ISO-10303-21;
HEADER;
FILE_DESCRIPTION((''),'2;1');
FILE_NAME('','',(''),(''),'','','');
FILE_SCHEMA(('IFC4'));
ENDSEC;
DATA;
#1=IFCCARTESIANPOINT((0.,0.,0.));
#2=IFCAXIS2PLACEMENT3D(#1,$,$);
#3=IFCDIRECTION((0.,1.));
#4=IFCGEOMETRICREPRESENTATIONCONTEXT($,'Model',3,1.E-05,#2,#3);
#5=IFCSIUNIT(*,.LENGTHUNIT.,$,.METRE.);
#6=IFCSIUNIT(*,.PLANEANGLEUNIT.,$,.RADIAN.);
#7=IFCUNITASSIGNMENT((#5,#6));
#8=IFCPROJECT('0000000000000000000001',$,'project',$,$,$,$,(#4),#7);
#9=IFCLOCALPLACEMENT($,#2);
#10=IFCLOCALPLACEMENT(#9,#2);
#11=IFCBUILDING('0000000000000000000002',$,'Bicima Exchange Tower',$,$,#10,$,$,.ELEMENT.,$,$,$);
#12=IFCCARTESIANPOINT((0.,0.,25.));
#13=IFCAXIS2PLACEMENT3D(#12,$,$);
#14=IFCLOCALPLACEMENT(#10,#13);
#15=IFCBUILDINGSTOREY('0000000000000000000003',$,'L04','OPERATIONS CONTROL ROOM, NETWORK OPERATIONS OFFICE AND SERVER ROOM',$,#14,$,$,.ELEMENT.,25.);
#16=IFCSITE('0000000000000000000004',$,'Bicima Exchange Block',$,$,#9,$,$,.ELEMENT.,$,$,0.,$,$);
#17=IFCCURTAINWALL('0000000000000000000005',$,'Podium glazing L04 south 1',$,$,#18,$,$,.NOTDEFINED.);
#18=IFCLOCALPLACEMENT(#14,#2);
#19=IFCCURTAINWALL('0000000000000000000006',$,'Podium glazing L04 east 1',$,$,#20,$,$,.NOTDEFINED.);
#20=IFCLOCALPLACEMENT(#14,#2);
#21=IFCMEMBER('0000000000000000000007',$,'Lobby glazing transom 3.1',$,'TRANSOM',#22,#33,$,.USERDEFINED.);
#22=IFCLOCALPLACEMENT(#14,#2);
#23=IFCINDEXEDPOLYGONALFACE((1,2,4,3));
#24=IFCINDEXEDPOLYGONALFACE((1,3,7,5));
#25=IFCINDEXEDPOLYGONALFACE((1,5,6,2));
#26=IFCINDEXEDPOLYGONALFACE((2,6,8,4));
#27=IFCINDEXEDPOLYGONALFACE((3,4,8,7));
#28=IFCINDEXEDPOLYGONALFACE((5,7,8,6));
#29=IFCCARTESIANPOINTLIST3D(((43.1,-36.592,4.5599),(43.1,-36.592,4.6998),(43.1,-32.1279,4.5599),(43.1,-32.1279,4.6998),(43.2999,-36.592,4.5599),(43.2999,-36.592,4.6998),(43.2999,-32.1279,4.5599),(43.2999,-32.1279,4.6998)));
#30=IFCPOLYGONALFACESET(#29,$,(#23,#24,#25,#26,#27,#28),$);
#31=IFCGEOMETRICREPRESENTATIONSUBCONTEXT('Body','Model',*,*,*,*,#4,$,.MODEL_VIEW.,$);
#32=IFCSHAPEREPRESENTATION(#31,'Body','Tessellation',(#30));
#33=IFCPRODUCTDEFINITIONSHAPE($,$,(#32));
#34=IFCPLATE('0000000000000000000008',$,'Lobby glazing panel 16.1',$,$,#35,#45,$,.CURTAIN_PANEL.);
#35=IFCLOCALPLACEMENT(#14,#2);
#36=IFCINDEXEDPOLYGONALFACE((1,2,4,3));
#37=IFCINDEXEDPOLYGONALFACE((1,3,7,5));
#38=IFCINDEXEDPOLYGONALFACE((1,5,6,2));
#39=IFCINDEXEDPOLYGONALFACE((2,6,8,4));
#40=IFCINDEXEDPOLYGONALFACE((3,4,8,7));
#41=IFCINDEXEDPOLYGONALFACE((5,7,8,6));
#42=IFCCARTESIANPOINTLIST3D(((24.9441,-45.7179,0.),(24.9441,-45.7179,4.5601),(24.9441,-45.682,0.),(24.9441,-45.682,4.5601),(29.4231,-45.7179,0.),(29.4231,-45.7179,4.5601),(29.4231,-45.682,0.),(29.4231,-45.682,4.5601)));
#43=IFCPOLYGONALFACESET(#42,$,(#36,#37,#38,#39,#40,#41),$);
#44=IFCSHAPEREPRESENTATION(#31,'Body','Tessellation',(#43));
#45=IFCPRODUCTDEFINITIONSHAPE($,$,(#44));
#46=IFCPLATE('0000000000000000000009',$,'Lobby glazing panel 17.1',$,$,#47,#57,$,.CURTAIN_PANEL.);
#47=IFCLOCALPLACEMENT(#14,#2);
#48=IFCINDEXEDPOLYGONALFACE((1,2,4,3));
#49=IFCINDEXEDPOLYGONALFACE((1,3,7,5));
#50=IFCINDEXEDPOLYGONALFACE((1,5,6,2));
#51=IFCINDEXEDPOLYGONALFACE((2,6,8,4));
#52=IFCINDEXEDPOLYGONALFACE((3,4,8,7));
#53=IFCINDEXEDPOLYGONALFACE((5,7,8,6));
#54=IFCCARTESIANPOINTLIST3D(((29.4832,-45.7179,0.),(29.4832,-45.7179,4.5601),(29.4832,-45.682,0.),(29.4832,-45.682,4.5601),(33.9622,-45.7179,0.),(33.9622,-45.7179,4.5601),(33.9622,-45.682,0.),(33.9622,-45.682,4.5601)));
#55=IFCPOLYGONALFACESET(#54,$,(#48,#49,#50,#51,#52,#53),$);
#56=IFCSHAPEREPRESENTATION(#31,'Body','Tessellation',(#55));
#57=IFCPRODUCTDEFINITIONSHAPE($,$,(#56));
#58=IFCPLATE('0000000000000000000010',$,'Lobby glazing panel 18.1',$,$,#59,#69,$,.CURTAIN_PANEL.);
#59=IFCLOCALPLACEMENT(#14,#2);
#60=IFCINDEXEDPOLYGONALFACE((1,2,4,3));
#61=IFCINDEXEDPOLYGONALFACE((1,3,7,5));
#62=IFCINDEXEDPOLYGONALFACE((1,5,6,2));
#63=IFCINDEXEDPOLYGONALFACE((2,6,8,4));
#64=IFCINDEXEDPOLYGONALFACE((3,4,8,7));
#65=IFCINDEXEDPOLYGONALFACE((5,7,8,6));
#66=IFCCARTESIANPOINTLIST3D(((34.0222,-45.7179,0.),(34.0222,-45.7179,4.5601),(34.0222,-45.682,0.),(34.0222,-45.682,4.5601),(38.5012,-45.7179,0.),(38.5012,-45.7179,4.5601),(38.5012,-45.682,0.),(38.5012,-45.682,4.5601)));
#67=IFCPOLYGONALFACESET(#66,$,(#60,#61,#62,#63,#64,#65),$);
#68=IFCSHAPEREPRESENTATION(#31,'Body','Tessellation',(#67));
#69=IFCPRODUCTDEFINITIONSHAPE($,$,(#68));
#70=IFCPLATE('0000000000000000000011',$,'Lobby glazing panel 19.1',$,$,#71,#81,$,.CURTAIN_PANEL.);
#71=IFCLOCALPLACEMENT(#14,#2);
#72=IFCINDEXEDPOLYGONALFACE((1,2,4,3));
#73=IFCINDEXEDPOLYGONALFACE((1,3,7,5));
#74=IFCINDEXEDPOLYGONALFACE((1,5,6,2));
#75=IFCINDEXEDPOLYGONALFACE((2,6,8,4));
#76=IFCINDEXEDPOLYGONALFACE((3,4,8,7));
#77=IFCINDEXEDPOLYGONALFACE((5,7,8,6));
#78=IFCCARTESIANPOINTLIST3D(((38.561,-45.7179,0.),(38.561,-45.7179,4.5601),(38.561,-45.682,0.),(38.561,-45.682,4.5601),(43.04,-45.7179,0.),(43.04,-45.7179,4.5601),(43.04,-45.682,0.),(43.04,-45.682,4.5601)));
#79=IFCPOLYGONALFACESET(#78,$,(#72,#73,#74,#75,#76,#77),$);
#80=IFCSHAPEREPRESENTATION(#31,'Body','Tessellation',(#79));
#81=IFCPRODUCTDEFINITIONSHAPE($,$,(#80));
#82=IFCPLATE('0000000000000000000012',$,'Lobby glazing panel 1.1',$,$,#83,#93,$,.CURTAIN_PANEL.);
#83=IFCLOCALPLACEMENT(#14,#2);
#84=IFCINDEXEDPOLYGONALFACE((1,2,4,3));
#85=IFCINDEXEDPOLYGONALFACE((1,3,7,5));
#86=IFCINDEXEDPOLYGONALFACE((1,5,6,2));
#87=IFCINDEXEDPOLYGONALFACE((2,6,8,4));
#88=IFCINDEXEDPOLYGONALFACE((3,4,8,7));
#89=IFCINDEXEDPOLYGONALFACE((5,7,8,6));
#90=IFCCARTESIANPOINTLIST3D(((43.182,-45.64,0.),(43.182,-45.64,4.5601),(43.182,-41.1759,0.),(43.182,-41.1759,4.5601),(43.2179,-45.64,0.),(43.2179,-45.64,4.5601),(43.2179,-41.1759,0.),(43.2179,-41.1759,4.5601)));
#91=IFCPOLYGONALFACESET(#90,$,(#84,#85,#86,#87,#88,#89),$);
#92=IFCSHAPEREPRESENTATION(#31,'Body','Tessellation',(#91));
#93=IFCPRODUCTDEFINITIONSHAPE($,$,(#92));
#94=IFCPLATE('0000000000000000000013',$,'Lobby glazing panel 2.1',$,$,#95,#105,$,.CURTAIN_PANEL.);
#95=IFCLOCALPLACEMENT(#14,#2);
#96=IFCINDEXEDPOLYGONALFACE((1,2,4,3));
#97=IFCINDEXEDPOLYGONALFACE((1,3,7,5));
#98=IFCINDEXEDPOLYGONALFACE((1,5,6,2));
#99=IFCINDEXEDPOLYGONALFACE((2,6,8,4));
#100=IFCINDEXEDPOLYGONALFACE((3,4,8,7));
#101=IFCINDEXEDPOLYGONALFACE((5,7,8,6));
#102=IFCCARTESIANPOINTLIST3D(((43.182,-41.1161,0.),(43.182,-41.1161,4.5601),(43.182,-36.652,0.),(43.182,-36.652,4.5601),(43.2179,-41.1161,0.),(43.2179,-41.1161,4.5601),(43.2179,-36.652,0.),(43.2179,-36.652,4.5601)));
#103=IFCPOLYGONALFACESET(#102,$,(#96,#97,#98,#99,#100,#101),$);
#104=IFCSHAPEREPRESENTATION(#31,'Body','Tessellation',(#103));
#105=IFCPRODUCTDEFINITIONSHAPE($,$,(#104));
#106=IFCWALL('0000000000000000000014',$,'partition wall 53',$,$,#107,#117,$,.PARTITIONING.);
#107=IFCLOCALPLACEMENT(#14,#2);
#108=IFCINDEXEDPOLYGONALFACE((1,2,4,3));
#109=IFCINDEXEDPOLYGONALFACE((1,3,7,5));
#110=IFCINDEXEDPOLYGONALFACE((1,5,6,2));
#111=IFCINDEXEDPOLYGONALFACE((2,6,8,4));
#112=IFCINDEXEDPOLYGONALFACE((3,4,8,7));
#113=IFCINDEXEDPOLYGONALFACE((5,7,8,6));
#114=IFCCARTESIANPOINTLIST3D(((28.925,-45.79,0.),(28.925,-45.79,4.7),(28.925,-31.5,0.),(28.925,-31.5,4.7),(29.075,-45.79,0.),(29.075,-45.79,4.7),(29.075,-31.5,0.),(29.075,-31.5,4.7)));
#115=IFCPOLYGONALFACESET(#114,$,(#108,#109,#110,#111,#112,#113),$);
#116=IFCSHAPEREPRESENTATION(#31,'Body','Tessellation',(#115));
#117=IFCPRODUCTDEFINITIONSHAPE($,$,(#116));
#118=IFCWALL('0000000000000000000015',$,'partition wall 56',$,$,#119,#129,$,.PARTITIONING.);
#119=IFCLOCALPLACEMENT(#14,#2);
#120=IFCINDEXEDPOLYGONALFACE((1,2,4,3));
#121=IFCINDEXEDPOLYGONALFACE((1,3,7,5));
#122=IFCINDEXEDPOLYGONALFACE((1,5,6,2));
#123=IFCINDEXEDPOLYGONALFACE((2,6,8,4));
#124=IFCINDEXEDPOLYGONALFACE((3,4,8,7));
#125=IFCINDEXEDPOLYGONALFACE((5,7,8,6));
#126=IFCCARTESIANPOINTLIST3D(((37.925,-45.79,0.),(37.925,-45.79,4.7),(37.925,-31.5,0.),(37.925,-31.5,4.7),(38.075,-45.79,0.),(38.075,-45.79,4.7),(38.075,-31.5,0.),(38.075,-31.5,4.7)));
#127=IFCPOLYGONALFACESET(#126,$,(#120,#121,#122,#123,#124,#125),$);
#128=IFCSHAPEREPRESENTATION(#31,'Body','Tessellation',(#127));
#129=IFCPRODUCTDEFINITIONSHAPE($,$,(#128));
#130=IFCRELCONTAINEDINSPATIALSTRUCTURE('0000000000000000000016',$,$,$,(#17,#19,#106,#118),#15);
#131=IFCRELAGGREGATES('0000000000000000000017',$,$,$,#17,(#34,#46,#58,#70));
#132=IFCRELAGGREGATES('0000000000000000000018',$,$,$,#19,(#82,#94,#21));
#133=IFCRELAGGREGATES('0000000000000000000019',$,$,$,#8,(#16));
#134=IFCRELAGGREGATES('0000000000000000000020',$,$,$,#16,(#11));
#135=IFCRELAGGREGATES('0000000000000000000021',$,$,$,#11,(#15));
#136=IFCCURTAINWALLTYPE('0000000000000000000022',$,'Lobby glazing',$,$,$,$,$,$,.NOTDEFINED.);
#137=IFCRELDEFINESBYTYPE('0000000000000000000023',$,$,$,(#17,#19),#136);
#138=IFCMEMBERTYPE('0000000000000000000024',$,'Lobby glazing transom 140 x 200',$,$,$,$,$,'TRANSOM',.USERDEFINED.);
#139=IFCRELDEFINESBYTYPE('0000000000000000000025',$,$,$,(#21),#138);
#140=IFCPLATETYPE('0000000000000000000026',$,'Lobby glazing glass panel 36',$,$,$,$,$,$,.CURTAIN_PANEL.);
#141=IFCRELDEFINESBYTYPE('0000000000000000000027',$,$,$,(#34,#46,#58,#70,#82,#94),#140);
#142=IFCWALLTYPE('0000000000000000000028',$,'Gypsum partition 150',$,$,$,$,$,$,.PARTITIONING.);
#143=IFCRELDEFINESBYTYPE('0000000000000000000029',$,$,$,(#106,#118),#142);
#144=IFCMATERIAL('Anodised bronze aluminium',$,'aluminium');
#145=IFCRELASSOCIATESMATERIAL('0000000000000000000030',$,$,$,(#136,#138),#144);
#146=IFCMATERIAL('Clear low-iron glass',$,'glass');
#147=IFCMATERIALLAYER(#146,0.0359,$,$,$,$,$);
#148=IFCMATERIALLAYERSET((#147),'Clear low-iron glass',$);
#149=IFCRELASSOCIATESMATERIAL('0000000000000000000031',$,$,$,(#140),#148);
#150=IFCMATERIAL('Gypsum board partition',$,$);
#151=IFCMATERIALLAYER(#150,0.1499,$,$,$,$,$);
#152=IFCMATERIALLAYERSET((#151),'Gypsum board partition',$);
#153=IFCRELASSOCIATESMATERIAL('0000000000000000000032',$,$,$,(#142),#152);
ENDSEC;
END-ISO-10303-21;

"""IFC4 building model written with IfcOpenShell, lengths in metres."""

from ifc_helpers import new_model, si_unit, direction, frame, frame_2d, origin, origin_2d, place, context, subcontext, project, spatial, rectangle, extrude, material, layer, layer_set, material_profile, profile_set, type_object, element, aggregate, save


model = new_model("IFC4")

# Units and contexts
model_context = context("Model", 3, precision=1e-05, world=origin(), true_north=direction((0.0, 1.0)))
body_context = subcontext(model_context, "Body", "Model", "MODEL_VIEW")
ifc_project = project(units=[si_unit("LENGTHUNIT", "METRE"), si_unit("PLANEANGLEUNIT", "RADIAN")], contexts=[model_context])

# Site, building, storey
site_placement = place(None, origin())
site = spatial("IfcSite", under=ifc_project, at=site_placement, Name="Bicima Exchange Block", CompositionType="ELEMENT", RefElevation=0.0)
building_placement = place(site_placement, origin())
building = spatial("IfcBuilding", under=site, at=building_placement, Name="Bicima Exchange Tower", CompositionType="ELEMENT")
storey_placement = place(building_placement, frame((0.0, 0.0, 25.0)))
storey = spatial("IfcBuildingStorey", under=building, at=storey_placement, Name="L04", Description="OPERATIONS CONTROL ROOM, NETWORK OPERATIONS OFFICE AND SERVER ROOM", CompositionType="ELEMENT", Elevation=25.0)

# Curtain walls
ifc_material_1 = material(Name="Anodised bronze aluminium", Category="aluminium")
curtain_wall_type = type_object("IfcCurtainWallType", Name="Lobby glazing", PredefinedType="NOTDEFINED", material=ifc_material_1)
curtain_wall_1_placement = place(storey_placement, origin())
curtain_wall_1 = element("IfcCurtainWall", 1, at=curtain_wall_1_placement, inside=storey, type_object=curtain_wall_type, Name="Podium glazing L04 south 1", PredefinedType="NOTDEFINED")
curtain_wall_2_placement = place(storey_placement, origin())
curtain_wall_2 = element("IfcCurtainWall", 2, at=curtain_wall_2_placement, inside=storey, type_object=curtain_wall_type, Name="Podium glazing L04 east 1", PredefinedType="NOTDEFINED")

# Member
ifc_material_profile_1 = material_profile(ifc_material_1, rectangle(XDim=0.2, YDim=0.1399, at=origin_2d()))
ifc_profile_set_1 = profile_set([ifc_material_profile_1], Name="Anodised bronze aluminium")
member_type_1 = type_object("IfcMemberType", Name="Lobby glazing transom 140 x 200", ElementType="TRANSOM", PredefinedType="USERDEFINED", material=ifc_profile_set_1)
member_1_placement = place(storey_placement, frame((43.2, -36.592, 4.6299), z_axis=(0.0, 1.0, 0.0), x_axis=(-1.0, 0.0, 0.0)))
member_1 = element("IfcMember", 3, at=member_1_placement, type_object=member_type_1, Name="Lobby glazing transom 3.1", ObjectType="TRANSOM", PredefinedType="USERDEFINED", context=body_context, shape_type="SweptSolid", body=[
    extrude(rectangle(XDim=0.2, YDim=0.1399, at=origin_2d()), origin(), (0.0, 0.0, 1.0), 4.4641),
])

# Plates
ifc_material_2 = material(Name="Clear low-iron glass", Category="glass")
ifc_layer_1 = layer(ifc_material_2, 0.0359)
ifc_layer_set_1 = layer_set([ifc_layer_1], Name="Clear low-iron glass")
plate_type = type_object("IfcPlateType", Name="Lobby glazing glass panel 36", PredefinedType="CURTAIN_PANEL", material=ifc_layer_set_1)
plate_1_placement = place(storey_placement, frame((27.1836, -45.7, 0.0), z_axis=(0.0, 0.0, 1.0), x_axis=(1.0, 0.0, 0.0)))
plate_1 = element("IfcPlate", 4, at=plate_1_placement, type_object=plate_type, Name="Lobby glazing panel 16.1", PredefinedType="CURTAIN_PANEL", context=body_context, shape_type="SweptSolid", body=[
    extrude(rectangle(XDim=4.479, YDim=0.0359, at=origin_2d()), origin(), (0.0, 0.0, 1.0), 4.5601),
])
plate_2_placement = place(storey_placement, frame((31.7227, -45.7, 0.0), z_axis=(0.0, 0.0, 1.0), x_axis=(1.0, 0.0, 0.0)))
plate_2 = element("IfcPlate", 5, at=plate_2_placement, type_object=plate_type, Name="Lobby glazing panel 17.1", PredefinedType="CURTAIN_PANEL", context=body_context, shape_type="SweptSolid", body=[
    extrude(rectangle(XDim=4.479, YDim=0.0359, at=origin_2d()), origin(), (0.0, 0.0, 1.0), 4.5601),
])
plate_3_placement = place(storey_placement, frame((36.2617, -45.7, 0.0), z_axis=(0.0, 0.0, 1.0), x_axis=(1.0, 0.0, 0.0)))
plate_3 = element("IfcPlate", 6, at=plate_3_placement, type_object=plate_type, Name="Lobby glazing panel 18.1", PredefinedType="CURTAIN_PANEL", context=body_context, shape_type="SweptSolid", body=[
    extrude(rectangle(XDim=4.479, YDim=0.0359, at=origin_2d()), origin(), (0.0, 0.0, 1.0), 4.5601),
])
plate_4_placement = place(storey_placement, frame((40.8005, -45.7, 0.0), z_axis=(0.0, 0.0, 1.0), x_axis=(1.0, 0.0, 0.0)))
plate_4 = element("IfcPlate", 7, at=plate_4_placement, type_object=plate_type, Name="Lobby glazing panel 19.1", PredefinedType="CURTAIN_PANEL", context=body_context, shape_type="SweptSolid", body=[
    extrude(rectangle(XDim=4.479, YDim=0.0359, at=origin_2d()), origin(), (0.0, 0.0, 1.0), 4.5601),
])
aggregate(curtain_wall_1, [plate_1, plate_2, plate_3, plate_4])
plate_5_placement = place(storey_placement, frame((43.2, -43.408, 0.0), z_axis=(0.0, 0.0, 1.0), x_axis=(0.0, 1.0, 0.0)))
plate_5 = element("IfcPlate", 8, at=plate_5_placement, type_object=plate_type, Name="Lobby glazing panel 1.1", PredefinedType="CURTAIN_PANEL", context=body_context, shape_type="SweptSolid", body=[
    extrude(rectangle(XDim=4.4641, YDim=0.0359, at=origin_2d()), origin(), (0.0, 0.0, 1.0), 4.5601),
])
plate_6_placement = place(storey_placement, frame((43.2, -38.884, 0.0), z_axis=(0.0, 0.0, 1.0), x_axis=(0.0, 1.0, 0.0)))
plate_6 = element("IfcPlate", 9, at=plate_6_placement, type_object=plate_type, Name="Lobby glazing panel 2.1", PredefinedType="CURTAIN_PANEL", context=body_context, shape_type="SweptSolid", body=[
    extrude(rectangle(XDim=4.4641, YDim=0.0359, at=origin_2d()), origin(), (0.0, 0.0, 1.0), 4.5601),
])
aggregate(curtain_wall_2, [plate_5, plate_6, member_1])

# Walls
ifc_material_3 = material(Name="Gypsum board partition")
ifc_layer_2 = layer(ifc_material_3, 0.1499)
ifc_layer_set_2 = layer_set([ifc_layer_2], Name="Gypsum board partition")
wall_type = type_object("IfcWallType", Name="Gypsum partition 150", PredefinedType="PARTITIONING", material=ifc_layer_set_2)
for number, where, z_axis, x_axis, name in (
    (10, (29.0, -45.79, 0.0), (0.0, 0.0, 1.0), (0.0, 1.0, 0.0), "partition wall 53"),
    (11, (38.0, -45.79, 0.0), (0.0, 0.0, 1.0), (0.0, 1.0, 0.0), "partition wall 56"),
):
    element("IfcWall", number, at=place(storey_placement, frame(where, z_axis=z_axis, x_axis=x_axis)), inside=storey, type_object=wall_type, Name=name, PredefinedType="PARTITIONING", context=body_context, shape_type="SweptSolid", body=[
        extrude(rectangle(XDim=14.29, YDim=0.1499, at=frame_2d((7.145, 0.0))), origin(), (0.0, 0.0, 1.0), 4.7),
    ])

save(model, "model.ifc")
